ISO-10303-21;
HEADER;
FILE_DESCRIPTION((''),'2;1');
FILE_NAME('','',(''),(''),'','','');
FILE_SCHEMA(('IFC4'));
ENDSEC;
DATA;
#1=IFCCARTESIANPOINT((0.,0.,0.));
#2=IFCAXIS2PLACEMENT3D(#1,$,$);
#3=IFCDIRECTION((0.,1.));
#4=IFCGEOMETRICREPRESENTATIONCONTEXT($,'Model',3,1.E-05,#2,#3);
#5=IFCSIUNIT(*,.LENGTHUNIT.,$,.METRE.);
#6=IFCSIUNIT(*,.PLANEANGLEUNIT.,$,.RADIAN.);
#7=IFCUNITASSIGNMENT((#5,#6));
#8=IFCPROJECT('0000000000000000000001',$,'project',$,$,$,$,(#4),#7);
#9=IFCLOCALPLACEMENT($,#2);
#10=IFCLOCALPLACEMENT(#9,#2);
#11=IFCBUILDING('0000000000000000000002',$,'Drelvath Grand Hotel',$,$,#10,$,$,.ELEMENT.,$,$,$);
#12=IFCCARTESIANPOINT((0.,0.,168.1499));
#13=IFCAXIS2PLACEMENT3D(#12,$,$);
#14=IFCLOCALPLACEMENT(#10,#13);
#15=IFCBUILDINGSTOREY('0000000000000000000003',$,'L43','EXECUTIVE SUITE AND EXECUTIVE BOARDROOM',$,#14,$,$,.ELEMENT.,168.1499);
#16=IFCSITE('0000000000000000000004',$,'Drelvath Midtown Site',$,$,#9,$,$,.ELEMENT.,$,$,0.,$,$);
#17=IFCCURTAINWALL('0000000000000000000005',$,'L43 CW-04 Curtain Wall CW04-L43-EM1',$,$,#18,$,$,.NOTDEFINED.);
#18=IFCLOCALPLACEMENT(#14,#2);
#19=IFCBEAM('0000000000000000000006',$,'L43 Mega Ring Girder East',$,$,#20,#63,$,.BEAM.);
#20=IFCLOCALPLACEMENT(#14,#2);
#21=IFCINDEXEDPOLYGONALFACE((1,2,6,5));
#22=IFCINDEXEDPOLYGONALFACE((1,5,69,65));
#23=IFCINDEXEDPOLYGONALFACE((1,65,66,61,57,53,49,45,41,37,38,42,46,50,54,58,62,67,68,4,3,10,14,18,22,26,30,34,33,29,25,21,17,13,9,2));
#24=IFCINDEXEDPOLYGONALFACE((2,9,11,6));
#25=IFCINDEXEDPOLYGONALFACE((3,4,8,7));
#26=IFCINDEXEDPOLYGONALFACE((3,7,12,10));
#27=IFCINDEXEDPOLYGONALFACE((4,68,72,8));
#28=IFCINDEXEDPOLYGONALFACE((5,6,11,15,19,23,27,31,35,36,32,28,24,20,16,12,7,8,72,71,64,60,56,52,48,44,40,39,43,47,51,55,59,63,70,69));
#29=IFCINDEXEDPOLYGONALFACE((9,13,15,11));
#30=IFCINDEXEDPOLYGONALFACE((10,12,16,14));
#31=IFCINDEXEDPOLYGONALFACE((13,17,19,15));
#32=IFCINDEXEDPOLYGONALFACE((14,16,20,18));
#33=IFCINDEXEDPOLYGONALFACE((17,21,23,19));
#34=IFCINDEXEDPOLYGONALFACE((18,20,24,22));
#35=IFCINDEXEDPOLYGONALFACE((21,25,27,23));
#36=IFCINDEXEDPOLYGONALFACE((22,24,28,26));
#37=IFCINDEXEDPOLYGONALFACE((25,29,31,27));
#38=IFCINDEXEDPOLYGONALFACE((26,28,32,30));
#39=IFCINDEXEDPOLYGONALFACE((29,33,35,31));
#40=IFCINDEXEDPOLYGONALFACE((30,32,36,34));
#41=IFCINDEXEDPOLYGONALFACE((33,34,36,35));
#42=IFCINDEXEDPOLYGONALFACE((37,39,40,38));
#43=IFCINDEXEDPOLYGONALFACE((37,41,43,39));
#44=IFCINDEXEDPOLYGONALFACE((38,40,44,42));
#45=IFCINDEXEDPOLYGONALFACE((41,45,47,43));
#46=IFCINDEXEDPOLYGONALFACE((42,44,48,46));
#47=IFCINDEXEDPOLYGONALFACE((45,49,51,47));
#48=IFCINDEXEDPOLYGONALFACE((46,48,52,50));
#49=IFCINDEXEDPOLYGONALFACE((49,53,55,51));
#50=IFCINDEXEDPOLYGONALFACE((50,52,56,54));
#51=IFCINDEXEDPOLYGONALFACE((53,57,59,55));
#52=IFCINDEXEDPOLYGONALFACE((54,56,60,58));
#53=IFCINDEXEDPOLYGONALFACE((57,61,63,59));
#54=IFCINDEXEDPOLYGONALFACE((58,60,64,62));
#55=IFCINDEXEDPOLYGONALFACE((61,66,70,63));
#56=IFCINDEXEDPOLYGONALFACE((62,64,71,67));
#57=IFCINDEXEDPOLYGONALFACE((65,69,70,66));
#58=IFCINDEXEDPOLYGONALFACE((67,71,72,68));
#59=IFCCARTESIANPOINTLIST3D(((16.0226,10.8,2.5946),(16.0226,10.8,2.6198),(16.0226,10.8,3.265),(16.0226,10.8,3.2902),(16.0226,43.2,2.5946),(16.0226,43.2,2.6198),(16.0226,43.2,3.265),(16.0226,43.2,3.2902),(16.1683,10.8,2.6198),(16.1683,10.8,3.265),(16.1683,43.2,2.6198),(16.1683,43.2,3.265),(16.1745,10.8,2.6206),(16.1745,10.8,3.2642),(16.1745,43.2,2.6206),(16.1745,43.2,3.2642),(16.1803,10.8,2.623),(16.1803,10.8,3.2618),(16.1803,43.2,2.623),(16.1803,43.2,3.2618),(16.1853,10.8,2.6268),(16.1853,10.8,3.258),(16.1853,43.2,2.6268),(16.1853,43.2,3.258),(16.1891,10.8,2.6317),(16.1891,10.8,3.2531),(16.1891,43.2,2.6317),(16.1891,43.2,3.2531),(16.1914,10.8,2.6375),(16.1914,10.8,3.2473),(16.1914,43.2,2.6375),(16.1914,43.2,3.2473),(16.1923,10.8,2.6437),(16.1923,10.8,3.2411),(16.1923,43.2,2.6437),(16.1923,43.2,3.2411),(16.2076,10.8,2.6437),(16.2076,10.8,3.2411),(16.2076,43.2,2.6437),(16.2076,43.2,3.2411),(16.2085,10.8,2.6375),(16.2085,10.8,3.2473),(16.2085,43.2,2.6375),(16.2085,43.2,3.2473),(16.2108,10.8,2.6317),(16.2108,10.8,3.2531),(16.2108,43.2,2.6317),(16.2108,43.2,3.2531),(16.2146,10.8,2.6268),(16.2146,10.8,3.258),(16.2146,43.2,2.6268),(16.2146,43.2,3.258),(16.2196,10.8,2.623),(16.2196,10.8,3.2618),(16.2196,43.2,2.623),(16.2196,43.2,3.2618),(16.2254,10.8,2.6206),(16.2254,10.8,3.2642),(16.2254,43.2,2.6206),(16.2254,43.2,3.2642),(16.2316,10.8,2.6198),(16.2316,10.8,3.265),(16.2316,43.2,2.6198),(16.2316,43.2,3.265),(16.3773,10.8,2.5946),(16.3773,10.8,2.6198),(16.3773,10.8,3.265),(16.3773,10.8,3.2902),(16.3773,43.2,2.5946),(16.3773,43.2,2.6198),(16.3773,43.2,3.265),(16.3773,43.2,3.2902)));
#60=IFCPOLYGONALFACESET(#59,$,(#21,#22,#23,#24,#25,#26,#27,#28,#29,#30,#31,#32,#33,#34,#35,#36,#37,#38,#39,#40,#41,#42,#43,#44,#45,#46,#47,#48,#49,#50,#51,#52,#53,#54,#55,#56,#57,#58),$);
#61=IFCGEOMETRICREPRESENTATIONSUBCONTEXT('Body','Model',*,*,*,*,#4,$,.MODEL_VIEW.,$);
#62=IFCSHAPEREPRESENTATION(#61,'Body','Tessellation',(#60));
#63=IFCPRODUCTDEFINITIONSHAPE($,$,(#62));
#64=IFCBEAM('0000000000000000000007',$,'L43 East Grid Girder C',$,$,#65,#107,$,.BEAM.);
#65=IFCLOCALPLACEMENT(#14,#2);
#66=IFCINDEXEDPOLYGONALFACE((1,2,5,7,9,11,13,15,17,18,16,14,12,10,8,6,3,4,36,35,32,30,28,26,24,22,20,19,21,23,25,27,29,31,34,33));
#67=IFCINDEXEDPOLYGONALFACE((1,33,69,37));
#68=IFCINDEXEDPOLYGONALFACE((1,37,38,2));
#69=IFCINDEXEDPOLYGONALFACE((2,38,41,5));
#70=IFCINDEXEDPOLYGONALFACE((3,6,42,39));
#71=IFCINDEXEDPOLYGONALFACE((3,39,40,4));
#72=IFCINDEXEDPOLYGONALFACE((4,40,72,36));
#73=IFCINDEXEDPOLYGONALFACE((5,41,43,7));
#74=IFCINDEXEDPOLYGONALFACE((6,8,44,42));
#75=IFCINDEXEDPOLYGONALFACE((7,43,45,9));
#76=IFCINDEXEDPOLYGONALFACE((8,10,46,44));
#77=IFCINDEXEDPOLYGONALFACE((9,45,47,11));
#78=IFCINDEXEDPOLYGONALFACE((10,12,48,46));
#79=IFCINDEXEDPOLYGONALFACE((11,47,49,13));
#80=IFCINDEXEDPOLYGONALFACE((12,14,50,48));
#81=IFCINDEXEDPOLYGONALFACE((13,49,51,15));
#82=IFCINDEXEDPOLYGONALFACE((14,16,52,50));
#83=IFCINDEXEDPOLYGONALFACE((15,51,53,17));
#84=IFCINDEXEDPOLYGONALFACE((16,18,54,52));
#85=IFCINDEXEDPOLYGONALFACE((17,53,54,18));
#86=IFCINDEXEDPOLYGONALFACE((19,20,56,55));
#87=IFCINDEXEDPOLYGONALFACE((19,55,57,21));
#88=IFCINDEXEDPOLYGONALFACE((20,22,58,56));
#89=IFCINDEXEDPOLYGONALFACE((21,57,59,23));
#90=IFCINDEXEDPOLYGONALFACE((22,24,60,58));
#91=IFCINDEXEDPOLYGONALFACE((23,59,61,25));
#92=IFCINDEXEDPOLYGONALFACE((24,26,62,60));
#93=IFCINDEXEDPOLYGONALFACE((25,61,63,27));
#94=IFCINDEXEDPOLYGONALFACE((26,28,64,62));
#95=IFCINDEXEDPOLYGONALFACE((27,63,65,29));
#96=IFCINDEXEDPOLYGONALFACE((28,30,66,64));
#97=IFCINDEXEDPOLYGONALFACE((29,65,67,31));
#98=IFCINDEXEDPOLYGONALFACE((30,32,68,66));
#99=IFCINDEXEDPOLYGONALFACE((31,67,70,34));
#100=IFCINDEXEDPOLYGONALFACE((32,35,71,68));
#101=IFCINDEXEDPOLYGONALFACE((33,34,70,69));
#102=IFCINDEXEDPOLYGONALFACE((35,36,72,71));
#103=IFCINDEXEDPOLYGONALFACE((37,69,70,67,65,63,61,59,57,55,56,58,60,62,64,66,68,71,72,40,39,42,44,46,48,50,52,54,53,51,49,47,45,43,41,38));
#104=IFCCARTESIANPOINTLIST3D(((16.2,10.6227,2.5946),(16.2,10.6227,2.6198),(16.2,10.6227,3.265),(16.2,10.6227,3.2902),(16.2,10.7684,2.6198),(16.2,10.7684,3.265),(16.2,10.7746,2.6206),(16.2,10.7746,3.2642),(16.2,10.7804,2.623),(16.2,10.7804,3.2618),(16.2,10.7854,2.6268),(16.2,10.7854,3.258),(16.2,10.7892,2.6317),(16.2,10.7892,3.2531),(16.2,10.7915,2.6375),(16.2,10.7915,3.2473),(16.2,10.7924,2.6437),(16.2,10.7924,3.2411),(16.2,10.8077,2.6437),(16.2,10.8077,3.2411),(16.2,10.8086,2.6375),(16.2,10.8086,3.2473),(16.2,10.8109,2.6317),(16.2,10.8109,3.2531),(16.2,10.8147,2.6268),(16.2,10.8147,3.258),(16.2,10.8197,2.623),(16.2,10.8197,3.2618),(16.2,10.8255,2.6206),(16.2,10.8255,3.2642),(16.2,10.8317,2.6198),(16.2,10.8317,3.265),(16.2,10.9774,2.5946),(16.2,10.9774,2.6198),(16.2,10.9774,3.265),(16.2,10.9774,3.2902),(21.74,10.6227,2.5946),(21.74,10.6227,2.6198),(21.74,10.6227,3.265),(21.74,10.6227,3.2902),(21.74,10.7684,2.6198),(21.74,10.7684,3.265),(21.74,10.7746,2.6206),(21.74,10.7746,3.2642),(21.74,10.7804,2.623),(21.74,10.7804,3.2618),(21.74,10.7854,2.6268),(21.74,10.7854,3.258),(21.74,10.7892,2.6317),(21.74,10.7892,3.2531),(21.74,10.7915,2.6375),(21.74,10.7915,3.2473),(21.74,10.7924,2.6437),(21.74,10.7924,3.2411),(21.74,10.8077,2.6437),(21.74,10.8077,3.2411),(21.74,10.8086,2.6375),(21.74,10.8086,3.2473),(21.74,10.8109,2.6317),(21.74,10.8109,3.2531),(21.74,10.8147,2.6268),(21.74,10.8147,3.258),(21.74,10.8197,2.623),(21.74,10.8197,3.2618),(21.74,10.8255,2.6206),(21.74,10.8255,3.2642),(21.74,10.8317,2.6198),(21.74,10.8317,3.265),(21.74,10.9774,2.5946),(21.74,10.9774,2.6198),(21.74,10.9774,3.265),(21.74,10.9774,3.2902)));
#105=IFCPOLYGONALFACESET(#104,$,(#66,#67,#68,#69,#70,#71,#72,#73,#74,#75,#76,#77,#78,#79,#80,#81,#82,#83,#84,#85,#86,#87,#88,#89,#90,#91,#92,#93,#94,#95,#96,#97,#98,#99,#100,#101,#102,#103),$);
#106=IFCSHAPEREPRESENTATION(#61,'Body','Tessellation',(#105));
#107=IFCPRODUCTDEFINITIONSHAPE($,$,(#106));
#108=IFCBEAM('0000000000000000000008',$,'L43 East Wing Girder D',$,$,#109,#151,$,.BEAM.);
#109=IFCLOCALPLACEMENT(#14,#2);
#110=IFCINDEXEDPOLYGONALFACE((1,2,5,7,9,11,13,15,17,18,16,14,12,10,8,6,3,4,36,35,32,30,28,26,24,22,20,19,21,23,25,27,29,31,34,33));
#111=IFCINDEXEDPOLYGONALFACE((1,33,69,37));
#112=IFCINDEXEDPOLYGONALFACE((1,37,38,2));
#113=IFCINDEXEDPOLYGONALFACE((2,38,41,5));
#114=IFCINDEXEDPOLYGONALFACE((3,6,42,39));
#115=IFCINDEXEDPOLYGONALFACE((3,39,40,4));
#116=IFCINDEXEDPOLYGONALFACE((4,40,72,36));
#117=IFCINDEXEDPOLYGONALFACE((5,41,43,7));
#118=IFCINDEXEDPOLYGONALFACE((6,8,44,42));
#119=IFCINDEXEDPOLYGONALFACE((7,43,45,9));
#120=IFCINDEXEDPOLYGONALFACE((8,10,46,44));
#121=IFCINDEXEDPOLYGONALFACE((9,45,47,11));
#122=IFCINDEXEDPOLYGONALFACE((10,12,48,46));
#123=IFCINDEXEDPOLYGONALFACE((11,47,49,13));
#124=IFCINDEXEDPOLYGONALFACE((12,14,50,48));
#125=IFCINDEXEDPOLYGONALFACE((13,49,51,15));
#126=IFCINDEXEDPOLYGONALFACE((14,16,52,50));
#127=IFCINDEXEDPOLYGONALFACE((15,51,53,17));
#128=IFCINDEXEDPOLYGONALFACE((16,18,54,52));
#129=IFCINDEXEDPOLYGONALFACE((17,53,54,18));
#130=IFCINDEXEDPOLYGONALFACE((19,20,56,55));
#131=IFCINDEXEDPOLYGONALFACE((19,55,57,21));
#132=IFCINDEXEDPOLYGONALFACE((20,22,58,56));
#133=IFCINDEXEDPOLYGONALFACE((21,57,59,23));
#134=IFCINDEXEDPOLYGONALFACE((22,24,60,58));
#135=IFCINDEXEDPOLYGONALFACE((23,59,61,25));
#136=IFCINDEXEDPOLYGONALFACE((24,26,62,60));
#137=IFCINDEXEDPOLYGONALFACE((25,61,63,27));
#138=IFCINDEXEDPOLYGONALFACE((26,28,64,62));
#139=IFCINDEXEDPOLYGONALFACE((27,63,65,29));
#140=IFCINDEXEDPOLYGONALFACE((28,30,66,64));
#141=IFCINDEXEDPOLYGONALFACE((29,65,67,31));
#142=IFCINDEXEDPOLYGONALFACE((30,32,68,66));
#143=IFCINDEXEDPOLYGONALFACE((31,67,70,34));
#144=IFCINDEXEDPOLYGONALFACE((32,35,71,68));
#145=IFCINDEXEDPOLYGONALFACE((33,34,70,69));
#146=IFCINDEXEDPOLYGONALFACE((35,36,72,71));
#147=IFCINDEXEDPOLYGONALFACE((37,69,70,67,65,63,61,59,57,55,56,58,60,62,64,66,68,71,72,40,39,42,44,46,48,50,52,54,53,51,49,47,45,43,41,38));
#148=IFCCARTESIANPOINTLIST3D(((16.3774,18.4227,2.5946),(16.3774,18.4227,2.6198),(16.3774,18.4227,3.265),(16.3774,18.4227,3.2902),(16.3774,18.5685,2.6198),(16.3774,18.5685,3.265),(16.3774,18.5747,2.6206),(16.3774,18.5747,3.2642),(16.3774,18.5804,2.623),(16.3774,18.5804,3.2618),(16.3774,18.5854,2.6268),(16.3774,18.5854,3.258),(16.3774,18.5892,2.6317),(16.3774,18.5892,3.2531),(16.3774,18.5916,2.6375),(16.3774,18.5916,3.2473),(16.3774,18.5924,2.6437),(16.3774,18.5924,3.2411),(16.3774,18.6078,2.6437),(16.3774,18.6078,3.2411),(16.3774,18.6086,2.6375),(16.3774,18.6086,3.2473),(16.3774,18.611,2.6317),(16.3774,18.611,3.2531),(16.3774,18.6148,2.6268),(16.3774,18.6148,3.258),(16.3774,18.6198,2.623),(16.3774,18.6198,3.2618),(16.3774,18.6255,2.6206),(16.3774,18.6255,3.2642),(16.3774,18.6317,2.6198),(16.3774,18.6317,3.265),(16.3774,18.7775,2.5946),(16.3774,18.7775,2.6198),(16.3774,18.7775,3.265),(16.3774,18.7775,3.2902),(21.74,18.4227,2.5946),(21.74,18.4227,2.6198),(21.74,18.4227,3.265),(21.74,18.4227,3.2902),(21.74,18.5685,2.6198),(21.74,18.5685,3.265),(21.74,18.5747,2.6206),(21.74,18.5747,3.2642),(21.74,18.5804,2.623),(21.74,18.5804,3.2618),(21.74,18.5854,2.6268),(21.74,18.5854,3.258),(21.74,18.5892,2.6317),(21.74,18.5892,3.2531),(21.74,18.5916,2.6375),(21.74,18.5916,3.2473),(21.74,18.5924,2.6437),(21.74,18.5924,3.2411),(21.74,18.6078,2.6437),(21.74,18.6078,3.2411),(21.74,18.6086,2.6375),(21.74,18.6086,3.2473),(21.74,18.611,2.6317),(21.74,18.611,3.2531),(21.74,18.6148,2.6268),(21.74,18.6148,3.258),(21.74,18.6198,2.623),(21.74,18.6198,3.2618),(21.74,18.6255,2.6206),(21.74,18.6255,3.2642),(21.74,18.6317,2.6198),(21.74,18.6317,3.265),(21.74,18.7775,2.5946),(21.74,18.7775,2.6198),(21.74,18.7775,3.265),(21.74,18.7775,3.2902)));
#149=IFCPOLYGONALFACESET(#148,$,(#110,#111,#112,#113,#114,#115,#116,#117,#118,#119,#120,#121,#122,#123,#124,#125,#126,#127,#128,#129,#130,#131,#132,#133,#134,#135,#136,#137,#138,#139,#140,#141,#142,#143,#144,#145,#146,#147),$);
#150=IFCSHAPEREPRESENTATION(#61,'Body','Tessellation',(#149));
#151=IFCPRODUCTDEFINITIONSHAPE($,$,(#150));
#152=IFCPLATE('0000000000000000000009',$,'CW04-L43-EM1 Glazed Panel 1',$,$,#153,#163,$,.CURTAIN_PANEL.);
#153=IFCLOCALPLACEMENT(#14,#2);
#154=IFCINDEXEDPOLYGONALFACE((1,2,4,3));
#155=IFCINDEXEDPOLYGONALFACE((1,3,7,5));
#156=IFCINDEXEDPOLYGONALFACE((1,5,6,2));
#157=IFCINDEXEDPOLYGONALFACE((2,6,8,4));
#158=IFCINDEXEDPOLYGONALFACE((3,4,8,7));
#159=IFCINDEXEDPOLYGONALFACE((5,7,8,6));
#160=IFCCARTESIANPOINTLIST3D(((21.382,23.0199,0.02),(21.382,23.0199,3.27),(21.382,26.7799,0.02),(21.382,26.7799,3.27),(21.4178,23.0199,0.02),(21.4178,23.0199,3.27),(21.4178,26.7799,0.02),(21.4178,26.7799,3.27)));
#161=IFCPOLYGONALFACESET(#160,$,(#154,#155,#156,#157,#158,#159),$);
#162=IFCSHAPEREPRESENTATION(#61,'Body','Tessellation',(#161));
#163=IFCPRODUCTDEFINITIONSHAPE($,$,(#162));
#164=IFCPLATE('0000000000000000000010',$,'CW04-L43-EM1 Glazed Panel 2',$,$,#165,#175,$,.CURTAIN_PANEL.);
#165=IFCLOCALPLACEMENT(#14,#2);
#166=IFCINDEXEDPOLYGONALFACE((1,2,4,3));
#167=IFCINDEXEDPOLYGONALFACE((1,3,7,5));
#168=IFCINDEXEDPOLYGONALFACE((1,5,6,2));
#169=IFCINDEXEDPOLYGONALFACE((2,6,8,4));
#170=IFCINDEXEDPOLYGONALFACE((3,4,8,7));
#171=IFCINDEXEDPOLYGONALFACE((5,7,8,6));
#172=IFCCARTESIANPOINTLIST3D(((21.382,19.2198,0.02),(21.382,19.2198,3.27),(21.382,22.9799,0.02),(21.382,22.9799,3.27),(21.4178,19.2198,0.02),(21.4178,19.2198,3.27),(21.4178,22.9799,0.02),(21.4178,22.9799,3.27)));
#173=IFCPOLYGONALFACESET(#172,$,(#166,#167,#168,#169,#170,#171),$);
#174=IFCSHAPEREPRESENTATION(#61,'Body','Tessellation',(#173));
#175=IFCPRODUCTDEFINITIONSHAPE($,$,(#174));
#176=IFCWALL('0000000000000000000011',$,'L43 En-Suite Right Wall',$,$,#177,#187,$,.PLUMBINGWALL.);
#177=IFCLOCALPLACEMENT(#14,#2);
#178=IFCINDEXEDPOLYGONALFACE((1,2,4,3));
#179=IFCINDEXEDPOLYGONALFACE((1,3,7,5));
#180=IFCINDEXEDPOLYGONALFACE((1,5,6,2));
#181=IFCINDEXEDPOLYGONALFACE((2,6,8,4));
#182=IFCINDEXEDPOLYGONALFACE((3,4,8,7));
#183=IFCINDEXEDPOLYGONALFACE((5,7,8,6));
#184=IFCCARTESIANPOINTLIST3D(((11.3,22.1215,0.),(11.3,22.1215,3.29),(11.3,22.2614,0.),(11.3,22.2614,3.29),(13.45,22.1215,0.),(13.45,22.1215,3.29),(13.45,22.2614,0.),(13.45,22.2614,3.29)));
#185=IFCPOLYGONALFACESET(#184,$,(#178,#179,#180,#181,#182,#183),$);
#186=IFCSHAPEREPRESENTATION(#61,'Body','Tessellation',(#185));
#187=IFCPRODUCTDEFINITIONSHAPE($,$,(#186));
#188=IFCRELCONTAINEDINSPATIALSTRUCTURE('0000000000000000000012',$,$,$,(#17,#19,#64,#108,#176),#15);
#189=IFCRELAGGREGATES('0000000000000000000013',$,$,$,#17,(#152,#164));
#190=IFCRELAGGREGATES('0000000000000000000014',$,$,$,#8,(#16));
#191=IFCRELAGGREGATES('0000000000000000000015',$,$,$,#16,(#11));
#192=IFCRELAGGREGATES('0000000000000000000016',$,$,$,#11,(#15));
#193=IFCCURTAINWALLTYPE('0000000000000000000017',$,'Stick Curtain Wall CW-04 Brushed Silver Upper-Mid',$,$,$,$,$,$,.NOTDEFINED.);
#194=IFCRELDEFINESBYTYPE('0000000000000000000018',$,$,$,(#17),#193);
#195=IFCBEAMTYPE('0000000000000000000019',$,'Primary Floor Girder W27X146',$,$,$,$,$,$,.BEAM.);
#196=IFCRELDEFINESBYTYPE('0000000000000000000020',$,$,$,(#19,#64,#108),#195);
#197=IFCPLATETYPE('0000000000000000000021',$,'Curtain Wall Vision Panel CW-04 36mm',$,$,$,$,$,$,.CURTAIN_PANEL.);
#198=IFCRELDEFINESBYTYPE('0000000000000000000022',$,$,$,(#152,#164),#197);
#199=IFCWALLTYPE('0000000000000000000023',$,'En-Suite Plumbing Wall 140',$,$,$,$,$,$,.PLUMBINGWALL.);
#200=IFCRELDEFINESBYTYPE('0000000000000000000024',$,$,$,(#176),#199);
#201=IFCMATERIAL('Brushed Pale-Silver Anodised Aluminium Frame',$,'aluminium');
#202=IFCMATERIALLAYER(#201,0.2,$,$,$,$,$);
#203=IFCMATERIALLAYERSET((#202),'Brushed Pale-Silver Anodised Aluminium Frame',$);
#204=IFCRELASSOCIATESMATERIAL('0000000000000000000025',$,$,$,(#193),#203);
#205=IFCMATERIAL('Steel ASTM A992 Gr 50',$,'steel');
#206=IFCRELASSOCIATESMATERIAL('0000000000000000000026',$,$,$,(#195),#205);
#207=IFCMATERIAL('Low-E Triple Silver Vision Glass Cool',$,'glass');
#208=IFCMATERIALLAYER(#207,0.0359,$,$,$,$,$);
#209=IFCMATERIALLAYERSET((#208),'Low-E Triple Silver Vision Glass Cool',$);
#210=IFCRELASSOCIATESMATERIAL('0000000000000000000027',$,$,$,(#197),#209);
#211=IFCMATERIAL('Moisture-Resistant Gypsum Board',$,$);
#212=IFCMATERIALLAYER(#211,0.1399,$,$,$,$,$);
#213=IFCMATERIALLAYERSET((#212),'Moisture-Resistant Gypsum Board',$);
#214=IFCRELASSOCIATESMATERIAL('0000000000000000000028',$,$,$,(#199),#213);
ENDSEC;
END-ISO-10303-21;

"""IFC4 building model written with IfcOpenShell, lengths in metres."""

from ifc_helpers import new_model, si_unit, direction, frame, frame_2d, origin, origin_2d, place, context, subcontext, project, spatial, rectangle, i_section, extrude, material, layer, layer_set, material_profile, profile_set, type_object, element, aggregate, save


model = new_model("IFC4")

# Units and contexts
model_context = context("Model", 3, precision=1e-05, world=origin(), true_north=direction((0.0, 1.0)))
body_context = subcontext(model_context, "Body", "Model", "MODEL_VIEW")
ifc_project = project(units=[si_unit("LENGTHUNIT", "METRE"), si_unit("PLANEANGLEUNIT", "RADIAN")], contexts=[model_context])

# Site, building, storey
site_placement = place(None, origin())
site = spatial("IfcSite", under=ifc_project, at=site_placement, Name="Drelvath Midtown Site", CompositionType="ELEMENT", RefElevation=0.0)
building_placement = place(site_placement, origin())
building = spatial("IfcBuilding", under=site, at=building_placement, Name="Drelvath Grand Hotel", CompositionType="ELEMENT")
storey_placement = place(building_placement, frame((0.0, 0.0, 168.1499)))
storey = spatial("IfcBuildingStorey", under=building, at=storey_placement, Name="L43", Description="EXECUTIVE SUITE AND EXECUTIVE BOARDROOM", CompositionType="ELEMENT", Elevation=168.1499)

# Shared definitions
ifc_material_1 = material(Name="Steel ASTM A992 Gr 50", Category="steel")

# Curtain wall
ifc_material_2 = material(Name="Brushed Pale-Silver Anodised Aluminium Frame", Category="aluminium")
ifc_layer_1 = layer(ifc_material_2, 0.2)
ifc_layer_set_1 = layer_set([ifc_layer_1], Name="Brushed Pale-Silver Anodised Aluminium Frame")
curtain_wall_type = type_object("IfcCurtainWallType", Name="Stick Curtain Wall CW-04 Brushed Silver Upper-Mid", PredefinedType="NOTDEFINED", material=ifc_layer_set_1)
curtain_wall_1_placement = place(storey_placement, origin())
curtain_wall_1 = element("IfcCurtainWall", 1, at=curtain_wall_1_placement, inside=storey, type_object=curtain_wall_type, Name="L43 CW-04 Curtain Wall CW04-L43-EM1", PredefinedType="NOTDEFINED")

# Beams
ifc_material_profile_1 = material_profile(ifc_material_1, i_section(OverallWidth=0.3547, OverallDepth=0.6956, WebThickness=0.0154, FlangeThickness=0.0251, FilletRadius=0.0239, at=origin_2d()), Name="W27X146")
ifc_profile_set_1 = profile_set([ifc_material_profile_1], Name="Steel ASTM A992 Gr 50")
beam_type_1 = type_object("IfcBeamType", Name="Primary Floor Girder W27X146", PredefinedType="BEAM", material=ifc_profile_set_1)
beam_1_placement = place(storey_placement, frame((16.2, 10.8, 2.9424), z_axis=(0.0, 1.0, 0.0), x_axis=(-1.0, 0.0, 0.0)))
element("IfcBeam", 2, at=beam_1_placement, inside=storey, type_object=beam_type_1, Name="L43 Mega Ring Girder East", PredefinedType="BEAM", context=body_context, shape_type="SweptSolid", body=[
    extrude(i_section(OverallWidth=0.3547, OverallDepth=0.6956, WebThickness=0.0154, FlangeThickness=0.0251, FilletRadius=0.0239, at=origin_2d()), origin(), (0.0, 0.0, 1.0), 32.3999),
])
beam_2_placement = place(storey_placement, frame((16.2, 10.8, 2.9424), z_axis=(1.0, 0.0, 0.0), x_axis=(0.0, 1.0, 0.0)))
element("IfcBeam", 3, at=beam_2_placement, inside=storey, type_object=beam_type_1, Name="L43 East Grid Girder C", PredefinedType="BEAM", context=body_context, shape_type="SweptSolid", body=[
    extrude(i_section(OverallWidth=0.3547, OverallDepth=0.6956, WebThickness=0.0154, FlangeThickness=0.0251, FilletRadius=0.0239, at=origin_2d()), origin(), (0.0, 0.0, 1.0), 5.54),
])
beam_3_placement = place(storey_placement, frame((16.3774, 18.6001, 2.9424), z_axis=(1.0, 0.0, 0.0), x_axis=(0.0, 1.0, 0.0)))
element("IfcBeam", 4, at=beam_3_placement, inside=storey, type_object=beam_type_1, Name="L43 East Wing Girder D", PredefinedType="BEAM", context=body_context, shape_type="SweptSolid", body=[
    extrude(i_section(OverallWidth=0.3547, OverallDepth=0.6956, WebThickness=0.0154, FlangeThickness=0.0251, FilletRadius=0.0239, at=origin_2d()), origin(), (0.0, 0.0, 1.0), 5.3625),
])

# Plates
ifc_material_3 = material(Name="Low-E Triple Silver Vision Glass Cool", Category="glass")
ifc_layer_2 = layer(ifc_material_3, 0.0359)
ifc_layer_set_2 = layer_set([ifc_layer_2], Name="Low-E Triple Silver Vision Glass Cool")
plate_type = type_object("IfcPlateType", Name="Curtain Wall Vision Panel CW-04 36mm", PredefinedType="CURTAIN_PANEL", material=ifc_layer_set_2)
plate_1_placement = place(storey_placement, frame((21.3999, 24.8999, 0.02), z_axis=(0.0, 0.0, 1.0), x_axis=(0.0, -1.0, 0.0)))
plate_1 = element("IfcPlate", 5, at=plate_1_placement, type_object=plate_type, Name="CW04-L43-EM1 Glazed Panel 1", PredefinedType="CURTAIN_PANEL", context=body_context, shape_type="SweptSolid", body=[
    extrude(rectangle(XDim=3.76, YDim=0.0359, at=origin_2d()), origin(), (0.0, 0.0, 1.0), 3.25),
])
plate_2_placement = place(storey_placement, frame((21.3999, 21.0999, 0.02), z_axis=(0.0, 0.0, 1.0), x_axis=(0.0, -1.0, 0.0)))
plate_2 = element("IfcPlate", 6, at=plate_2_placement, type_object=plate_type, Name="CW04-L43-EM1 Glazed Panel 2", PredefinedType="CURTAIN_PANEL", context=body_context, shape_type="SweptSolid", body=[
    extrude(rectangle(XDim=3.76, YDim=0.0359, at=origin_2d()), origin(), (0.0, 0.0, 1.0), 3.25),
])
aggregate(curtain_wall_1, [plate_1, plate_2])

# Wall
ifc_material_4 = material(Name="Moisture-Resistant Gypsum Board")
ifc_layer_3 = layer(ifc_material_4, 0.1399)
ifc_layer_set_3 = layer_set([ifc_layer_3], Name="Moisture-Resistant Gypsum Board")
wall_type_1 = type_object("IfcWallType", Name="En-Suite Plumbing Wall 140", PredefinedType="PLUMBINGWALL", material=ifc_layer_set_3)
wall_1_placement = place(storey_placement, frame((11.3, 22.1914, 0.0), z_axis=(0.0, 0.0, 1.0), x_axis=(1.0, 0.0, 0.0)))
element("IfcWall", 7, at=wall_1_placement, inside=storey, type_object=wall_type_1, Name="L43 En-Suite Right Wall", PredefinedType="PLUMBINGWALL", context=body_context, shape_type="SweptSolid", body=[
    extrude(rectangle(XDim=2.1499, YDim=0.1399, at=frame_2d((1.075, 0.0))), origin(), (0.0, 0.0, 1.0), 3.29),
])

save(model, "model.ifc")
